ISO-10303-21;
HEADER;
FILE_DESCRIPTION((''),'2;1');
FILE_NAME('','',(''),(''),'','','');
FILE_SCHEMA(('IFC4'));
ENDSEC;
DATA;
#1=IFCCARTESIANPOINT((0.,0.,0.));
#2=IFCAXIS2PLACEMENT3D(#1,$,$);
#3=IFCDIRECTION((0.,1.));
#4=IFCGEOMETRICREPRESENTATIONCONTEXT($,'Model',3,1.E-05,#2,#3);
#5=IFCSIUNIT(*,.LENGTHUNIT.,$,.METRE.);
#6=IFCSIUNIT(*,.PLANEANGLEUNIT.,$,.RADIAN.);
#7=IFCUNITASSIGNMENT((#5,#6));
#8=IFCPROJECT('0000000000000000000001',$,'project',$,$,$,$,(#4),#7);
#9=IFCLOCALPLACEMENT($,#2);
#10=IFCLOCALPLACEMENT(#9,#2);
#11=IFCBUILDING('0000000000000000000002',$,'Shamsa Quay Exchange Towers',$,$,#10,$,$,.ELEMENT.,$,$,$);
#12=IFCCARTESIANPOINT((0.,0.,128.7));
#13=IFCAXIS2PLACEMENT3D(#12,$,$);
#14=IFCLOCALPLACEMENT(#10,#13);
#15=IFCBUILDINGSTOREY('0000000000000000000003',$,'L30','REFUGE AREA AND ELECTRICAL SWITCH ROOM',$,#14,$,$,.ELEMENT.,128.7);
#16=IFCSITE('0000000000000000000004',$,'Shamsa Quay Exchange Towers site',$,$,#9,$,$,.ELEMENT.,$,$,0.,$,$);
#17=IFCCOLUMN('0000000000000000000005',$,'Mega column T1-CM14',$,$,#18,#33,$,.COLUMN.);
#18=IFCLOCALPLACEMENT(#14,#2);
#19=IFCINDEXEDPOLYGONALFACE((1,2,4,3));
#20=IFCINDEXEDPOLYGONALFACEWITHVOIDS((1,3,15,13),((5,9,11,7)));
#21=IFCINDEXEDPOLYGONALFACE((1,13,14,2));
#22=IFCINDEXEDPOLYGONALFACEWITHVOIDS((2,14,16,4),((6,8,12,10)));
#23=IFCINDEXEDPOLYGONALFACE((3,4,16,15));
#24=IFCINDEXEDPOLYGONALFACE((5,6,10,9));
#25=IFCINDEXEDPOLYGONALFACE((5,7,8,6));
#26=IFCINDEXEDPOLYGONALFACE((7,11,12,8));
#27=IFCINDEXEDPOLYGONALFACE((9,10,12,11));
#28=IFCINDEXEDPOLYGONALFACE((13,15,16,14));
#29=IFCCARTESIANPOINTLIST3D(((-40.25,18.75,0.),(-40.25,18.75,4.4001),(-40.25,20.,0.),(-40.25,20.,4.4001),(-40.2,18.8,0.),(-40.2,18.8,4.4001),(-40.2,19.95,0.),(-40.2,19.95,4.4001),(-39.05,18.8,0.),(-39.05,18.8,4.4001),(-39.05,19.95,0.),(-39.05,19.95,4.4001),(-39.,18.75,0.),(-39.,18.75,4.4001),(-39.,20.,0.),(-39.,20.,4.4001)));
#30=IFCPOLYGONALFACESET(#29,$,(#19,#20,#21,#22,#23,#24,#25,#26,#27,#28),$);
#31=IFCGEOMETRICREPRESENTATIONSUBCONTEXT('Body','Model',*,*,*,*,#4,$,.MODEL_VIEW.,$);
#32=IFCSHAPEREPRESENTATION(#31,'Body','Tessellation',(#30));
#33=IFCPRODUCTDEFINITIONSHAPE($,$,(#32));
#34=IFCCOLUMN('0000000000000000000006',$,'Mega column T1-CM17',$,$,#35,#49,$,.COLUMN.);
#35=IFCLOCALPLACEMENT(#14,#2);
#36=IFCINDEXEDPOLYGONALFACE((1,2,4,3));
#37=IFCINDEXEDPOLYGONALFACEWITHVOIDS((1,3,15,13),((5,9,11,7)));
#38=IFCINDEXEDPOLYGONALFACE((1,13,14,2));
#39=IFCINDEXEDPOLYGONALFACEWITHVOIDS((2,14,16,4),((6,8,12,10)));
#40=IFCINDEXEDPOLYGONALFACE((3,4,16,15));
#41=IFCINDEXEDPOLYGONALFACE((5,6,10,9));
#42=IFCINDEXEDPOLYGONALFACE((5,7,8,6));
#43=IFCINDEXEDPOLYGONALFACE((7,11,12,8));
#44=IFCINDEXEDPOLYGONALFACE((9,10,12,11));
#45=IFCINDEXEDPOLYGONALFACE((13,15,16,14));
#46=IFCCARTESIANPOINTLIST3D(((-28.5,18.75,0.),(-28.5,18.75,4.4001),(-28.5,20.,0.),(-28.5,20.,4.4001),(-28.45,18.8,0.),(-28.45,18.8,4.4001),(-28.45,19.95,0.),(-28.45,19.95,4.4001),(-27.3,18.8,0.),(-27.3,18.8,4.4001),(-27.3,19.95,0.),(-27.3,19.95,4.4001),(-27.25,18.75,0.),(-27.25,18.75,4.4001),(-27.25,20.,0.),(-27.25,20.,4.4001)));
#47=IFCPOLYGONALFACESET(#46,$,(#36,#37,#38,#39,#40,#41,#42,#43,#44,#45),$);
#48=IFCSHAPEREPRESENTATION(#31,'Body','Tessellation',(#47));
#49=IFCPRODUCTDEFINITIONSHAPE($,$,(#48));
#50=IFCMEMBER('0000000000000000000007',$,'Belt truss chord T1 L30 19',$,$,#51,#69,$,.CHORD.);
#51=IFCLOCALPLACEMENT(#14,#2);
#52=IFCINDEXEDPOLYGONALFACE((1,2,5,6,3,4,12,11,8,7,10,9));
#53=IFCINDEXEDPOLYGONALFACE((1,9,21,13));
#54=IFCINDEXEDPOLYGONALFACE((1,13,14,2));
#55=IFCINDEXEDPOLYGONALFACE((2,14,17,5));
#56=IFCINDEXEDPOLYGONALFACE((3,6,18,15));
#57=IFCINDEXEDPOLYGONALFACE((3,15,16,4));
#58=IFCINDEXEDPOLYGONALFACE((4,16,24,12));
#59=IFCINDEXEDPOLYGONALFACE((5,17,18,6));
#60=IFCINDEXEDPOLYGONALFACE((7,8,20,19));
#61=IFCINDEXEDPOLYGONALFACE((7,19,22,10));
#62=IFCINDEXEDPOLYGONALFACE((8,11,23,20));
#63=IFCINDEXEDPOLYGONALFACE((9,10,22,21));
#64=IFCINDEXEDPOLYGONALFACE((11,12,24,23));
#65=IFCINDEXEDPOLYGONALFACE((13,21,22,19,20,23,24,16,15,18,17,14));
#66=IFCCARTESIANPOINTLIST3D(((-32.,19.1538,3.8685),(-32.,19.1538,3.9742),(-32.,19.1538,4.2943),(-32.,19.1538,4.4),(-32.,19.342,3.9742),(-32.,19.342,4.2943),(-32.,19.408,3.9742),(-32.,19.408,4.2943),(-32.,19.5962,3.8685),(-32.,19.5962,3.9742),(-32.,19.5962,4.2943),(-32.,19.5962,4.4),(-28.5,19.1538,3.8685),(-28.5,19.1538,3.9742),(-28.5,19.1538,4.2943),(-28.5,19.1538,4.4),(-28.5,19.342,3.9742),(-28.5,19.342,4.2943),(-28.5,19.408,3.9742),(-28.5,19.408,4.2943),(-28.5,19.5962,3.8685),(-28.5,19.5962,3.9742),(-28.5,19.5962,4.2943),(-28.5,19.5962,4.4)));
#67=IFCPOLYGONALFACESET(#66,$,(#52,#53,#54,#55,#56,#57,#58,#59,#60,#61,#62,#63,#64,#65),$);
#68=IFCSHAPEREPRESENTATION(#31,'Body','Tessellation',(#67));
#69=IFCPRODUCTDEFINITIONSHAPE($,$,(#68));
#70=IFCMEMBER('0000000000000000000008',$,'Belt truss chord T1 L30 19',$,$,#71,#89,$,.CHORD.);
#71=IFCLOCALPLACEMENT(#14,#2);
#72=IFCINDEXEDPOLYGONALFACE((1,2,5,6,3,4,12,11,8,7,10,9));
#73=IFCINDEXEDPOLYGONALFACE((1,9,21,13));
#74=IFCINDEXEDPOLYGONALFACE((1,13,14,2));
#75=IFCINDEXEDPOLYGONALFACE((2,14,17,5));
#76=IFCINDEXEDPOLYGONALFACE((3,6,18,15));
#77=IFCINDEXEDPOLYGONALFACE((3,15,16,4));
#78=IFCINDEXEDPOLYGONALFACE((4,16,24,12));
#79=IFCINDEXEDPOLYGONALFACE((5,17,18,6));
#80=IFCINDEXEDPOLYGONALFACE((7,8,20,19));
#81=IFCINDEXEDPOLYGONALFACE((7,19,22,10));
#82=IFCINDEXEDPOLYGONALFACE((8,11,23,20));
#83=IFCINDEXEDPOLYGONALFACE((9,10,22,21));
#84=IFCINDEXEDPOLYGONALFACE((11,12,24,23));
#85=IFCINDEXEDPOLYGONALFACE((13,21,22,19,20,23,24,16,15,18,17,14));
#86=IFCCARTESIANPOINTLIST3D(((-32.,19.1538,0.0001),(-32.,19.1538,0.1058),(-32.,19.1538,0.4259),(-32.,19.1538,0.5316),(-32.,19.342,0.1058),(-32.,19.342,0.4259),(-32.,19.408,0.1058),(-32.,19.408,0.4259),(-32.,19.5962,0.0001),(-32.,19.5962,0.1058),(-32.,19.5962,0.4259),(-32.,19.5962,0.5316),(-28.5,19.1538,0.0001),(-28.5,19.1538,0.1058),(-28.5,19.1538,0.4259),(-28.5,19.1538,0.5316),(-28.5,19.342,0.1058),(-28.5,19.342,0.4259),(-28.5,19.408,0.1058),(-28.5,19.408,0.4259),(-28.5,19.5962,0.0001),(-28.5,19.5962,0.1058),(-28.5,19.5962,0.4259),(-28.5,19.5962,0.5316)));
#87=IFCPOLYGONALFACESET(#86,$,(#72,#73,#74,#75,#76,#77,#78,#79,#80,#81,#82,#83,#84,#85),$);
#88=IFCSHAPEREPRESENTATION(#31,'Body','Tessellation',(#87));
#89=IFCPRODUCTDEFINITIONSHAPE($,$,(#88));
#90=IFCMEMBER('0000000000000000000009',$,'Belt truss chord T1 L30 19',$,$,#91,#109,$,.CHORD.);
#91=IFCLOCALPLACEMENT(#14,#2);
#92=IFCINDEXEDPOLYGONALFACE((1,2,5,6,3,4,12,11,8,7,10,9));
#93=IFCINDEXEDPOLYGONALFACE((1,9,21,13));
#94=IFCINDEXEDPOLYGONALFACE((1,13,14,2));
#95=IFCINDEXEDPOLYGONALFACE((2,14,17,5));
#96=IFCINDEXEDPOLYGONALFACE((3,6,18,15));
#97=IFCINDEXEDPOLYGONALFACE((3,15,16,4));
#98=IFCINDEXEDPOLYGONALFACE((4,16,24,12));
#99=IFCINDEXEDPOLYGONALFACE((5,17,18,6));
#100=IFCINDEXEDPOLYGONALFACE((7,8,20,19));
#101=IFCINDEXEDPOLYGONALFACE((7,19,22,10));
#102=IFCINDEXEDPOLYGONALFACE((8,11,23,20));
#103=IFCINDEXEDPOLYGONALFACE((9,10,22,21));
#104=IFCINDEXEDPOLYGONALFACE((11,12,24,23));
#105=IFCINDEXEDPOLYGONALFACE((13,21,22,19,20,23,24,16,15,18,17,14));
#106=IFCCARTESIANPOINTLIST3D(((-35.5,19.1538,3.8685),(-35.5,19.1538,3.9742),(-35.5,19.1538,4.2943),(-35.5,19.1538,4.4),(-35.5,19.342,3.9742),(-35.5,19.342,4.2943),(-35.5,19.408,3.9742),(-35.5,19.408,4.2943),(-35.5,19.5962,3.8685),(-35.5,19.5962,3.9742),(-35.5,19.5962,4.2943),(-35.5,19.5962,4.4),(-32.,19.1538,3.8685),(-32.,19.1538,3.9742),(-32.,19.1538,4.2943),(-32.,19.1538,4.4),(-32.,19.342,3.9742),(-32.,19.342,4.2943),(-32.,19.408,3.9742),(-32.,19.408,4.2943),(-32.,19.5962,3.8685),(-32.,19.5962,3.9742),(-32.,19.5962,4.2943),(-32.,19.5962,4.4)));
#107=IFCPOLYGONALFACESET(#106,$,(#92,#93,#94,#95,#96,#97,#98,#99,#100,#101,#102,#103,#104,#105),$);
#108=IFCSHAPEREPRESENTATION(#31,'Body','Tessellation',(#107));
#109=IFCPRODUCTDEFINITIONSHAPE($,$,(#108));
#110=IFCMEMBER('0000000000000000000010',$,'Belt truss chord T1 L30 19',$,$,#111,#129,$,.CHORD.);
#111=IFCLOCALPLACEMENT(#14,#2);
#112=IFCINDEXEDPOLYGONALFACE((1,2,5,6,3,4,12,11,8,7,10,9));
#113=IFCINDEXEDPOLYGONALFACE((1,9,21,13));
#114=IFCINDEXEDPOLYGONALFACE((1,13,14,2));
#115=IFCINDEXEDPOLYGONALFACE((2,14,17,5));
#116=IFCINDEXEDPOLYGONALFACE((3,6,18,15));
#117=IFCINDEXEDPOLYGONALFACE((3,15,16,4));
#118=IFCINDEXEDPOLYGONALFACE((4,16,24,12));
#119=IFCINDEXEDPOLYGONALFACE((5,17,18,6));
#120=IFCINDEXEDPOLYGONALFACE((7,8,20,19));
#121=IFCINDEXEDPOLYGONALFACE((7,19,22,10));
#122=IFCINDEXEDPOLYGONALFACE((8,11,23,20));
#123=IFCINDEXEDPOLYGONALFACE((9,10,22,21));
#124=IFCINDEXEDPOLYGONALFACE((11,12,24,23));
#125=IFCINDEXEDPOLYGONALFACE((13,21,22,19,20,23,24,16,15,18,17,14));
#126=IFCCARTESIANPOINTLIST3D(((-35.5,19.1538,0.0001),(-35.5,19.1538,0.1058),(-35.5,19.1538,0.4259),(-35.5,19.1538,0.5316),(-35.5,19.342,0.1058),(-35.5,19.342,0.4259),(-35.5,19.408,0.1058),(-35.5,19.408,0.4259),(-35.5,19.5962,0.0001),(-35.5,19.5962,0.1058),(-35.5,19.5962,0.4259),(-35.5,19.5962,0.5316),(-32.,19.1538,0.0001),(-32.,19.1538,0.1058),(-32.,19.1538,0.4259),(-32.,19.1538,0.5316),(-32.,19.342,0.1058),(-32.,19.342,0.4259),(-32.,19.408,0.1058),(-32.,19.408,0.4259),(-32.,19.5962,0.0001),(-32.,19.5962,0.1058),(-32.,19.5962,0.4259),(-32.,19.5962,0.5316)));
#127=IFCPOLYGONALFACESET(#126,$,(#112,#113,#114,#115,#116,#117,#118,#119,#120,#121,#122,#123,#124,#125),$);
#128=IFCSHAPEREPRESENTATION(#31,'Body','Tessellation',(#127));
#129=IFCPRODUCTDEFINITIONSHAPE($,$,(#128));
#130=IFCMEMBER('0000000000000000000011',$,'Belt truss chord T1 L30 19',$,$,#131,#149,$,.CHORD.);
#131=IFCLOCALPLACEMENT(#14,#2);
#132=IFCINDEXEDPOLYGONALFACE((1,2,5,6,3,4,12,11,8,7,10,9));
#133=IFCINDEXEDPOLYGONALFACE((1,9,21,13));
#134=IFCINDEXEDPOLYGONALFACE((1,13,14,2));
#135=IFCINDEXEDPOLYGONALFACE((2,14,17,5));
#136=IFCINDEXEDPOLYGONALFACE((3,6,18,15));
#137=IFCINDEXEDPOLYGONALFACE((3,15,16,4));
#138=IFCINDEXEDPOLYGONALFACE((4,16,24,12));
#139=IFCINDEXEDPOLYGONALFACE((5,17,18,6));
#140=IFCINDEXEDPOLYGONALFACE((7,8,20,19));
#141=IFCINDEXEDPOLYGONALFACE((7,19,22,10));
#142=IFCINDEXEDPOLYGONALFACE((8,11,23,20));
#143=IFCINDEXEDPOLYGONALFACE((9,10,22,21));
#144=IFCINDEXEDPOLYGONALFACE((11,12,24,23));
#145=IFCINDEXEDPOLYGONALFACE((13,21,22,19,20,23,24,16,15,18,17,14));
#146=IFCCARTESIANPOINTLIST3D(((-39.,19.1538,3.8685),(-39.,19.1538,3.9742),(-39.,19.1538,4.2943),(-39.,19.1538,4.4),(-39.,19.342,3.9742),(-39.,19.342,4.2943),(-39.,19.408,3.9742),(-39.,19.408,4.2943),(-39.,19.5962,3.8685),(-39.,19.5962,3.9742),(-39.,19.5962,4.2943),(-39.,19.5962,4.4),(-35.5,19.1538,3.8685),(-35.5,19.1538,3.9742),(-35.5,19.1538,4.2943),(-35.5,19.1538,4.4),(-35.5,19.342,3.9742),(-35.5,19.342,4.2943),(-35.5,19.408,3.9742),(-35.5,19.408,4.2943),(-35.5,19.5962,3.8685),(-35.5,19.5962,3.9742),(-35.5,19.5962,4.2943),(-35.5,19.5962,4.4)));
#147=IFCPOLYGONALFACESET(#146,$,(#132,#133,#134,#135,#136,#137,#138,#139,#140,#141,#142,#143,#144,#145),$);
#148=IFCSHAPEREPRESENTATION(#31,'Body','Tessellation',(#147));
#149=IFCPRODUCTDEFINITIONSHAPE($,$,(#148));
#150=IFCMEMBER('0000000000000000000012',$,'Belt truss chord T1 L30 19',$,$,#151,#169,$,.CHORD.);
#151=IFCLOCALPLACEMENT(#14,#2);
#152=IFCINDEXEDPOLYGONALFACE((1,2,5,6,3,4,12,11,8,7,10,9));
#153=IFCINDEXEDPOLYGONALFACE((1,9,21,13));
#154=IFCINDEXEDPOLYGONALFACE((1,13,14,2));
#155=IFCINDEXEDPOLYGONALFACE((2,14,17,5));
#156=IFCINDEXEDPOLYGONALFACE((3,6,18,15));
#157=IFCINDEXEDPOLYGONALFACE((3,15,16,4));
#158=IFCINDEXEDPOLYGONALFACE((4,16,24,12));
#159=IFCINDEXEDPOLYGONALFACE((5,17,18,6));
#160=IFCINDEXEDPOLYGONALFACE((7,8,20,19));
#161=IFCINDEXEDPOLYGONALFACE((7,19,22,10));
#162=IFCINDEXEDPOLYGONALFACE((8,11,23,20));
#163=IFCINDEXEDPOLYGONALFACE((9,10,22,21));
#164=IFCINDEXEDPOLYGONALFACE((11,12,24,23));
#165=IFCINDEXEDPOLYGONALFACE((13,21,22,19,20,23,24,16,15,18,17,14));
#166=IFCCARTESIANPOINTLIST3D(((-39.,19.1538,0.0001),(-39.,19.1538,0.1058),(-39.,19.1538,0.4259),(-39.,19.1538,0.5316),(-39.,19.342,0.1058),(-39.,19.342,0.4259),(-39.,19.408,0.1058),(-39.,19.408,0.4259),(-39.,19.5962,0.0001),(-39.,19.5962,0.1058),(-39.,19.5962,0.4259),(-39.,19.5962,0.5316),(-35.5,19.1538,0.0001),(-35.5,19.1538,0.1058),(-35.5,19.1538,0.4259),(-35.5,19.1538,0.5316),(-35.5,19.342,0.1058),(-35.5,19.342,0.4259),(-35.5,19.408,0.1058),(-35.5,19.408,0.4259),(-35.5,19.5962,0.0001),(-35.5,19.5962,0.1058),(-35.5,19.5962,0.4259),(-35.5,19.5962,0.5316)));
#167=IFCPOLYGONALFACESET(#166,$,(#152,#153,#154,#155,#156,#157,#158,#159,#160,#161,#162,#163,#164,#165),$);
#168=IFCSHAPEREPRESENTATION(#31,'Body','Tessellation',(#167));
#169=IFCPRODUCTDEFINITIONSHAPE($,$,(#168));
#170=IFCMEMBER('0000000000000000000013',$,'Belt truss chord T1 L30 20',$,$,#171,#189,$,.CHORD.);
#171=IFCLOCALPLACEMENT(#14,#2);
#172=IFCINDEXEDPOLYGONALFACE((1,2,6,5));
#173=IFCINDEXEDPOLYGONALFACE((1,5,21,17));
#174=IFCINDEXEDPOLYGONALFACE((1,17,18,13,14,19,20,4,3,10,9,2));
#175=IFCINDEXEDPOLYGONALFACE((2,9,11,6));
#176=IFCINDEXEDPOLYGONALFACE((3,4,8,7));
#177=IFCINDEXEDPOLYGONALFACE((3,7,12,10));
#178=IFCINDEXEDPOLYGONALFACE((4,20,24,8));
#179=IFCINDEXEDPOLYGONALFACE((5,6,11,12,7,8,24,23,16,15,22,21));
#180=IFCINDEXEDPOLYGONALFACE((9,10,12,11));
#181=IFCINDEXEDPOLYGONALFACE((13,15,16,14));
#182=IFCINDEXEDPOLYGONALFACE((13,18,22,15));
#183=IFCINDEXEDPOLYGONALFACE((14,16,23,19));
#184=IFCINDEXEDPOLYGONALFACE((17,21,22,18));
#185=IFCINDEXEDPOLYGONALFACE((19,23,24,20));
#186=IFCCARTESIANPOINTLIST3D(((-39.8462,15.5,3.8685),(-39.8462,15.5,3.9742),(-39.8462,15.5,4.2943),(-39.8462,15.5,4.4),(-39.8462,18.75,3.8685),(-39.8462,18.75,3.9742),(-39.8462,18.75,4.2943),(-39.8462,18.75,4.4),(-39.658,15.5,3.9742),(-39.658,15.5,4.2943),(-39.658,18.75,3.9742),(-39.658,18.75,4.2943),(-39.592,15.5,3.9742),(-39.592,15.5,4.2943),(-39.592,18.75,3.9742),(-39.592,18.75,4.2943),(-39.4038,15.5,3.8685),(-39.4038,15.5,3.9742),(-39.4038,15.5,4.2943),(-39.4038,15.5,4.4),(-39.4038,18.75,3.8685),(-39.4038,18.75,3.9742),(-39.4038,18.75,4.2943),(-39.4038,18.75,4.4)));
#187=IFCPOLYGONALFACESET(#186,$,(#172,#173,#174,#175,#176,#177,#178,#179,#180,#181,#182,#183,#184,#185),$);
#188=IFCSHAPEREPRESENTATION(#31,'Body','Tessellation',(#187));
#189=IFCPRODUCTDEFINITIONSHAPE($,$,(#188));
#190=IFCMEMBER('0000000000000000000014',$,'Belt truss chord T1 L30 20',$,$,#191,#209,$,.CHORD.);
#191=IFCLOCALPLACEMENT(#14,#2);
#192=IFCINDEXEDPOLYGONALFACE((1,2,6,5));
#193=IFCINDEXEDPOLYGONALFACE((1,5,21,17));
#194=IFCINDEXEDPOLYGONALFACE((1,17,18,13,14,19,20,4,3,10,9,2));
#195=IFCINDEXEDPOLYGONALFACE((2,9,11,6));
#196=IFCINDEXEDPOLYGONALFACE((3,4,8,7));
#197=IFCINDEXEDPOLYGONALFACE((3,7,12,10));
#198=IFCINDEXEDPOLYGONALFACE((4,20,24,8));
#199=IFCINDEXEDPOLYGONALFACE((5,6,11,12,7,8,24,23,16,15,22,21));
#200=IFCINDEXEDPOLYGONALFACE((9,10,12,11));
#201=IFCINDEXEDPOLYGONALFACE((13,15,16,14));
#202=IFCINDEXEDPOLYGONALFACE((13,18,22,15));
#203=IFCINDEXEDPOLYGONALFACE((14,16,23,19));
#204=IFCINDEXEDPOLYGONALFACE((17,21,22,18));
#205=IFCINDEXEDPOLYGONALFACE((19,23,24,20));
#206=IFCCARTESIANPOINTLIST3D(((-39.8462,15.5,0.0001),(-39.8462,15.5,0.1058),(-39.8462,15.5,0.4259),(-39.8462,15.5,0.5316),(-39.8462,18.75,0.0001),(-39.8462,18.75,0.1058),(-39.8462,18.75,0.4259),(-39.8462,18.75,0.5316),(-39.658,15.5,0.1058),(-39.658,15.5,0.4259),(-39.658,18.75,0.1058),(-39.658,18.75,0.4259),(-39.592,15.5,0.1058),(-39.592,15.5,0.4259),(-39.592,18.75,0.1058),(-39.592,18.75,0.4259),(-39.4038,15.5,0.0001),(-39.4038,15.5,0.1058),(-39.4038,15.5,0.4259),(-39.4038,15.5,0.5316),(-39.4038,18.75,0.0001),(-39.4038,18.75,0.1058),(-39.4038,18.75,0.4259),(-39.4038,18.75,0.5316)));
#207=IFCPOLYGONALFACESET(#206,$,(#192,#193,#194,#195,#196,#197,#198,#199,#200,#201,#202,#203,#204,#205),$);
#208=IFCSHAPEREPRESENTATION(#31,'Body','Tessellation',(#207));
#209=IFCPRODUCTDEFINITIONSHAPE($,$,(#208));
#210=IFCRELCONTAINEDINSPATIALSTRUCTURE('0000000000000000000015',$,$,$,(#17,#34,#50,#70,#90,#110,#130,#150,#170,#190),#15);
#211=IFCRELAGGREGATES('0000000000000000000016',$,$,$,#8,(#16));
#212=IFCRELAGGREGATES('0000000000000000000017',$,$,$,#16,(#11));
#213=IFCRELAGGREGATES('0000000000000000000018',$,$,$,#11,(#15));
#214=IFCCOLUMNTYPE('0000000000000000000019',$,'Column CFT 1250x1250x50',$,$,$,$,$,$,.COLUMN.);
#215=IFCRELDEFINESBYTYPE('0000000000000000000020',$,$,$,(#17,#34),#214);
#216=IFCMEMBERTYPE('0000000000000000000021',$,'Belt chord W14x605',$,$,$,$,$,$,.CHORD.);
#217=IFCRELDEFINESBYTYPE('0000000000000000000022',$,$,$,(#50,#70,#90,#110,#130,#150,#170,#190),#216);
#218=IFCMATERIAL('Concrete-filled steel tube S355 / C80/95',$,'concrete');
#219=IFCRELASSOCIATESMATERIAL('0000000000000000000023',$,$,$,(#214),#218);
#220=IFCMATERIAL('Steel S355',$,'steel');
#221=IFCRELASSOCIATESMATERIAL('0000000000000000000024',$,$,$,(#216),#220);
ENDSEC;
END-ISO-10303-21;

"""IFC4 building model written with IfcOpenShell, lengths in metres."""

from ifc_helpers import new_model, si_unit, direction, frame, origin, origin_2d, place, context, subcontext, project, spatial, hollow_rectangle, i_section, extrude, material, material_profile, profile_set, type_object, element, save


model = new_model("IFC4")

# Units and contexts
model_context = context("Model", 3, precision=1e-05, world=origin(), true_north=direction((0.0, 1.0)))
body_context = subcontext(model_context, "Body", "Model", "MODEL_VIEW")
ifc_project = project(units=[si_unit("LENGTHUNIT", "METRE"), si_unit("PLANEANGLEUNIT", "RADIAN")], contexts=[model_context])

# Site, building, storey
site_placement = place(None, origin())
site = spatial("IfcSite", under=ifc_project, at=site_placement, Name="Shamsa Quay Exchange Towers site", CompositionType="ELEMENT", RefElevation=0.0)
building_placement = place(site_placement, origin())
building = spatial("IfcBuilding", under=site, at=building_placement, Name="Shamsa Quay Exchange Towers", CompositionType="ELEMENT")
storey_placement = place(building_placement, frame((0.0, 0.0, 128.7)))
storey = spatial("IfcBuildingStorey", under=building, at=storey_placement, Name="L30", Description="REFUGE AREA AND ELECTRICAL SWITCH ROOM", CompositionType="ELEMENT", Elevation=128.7)

# Columns
ifc_material_1 = material(Name="Concrete-filled steel tube S355 / C80/95", Category="concrete")
ifc_material_profile_1 = material_profile(ifc_material_1, hollow_rectangle(XDim=1.25, YDim=1.25, WallThickness=0.05, at=origin_2d()), Name="CFT 1250x1250x50")
ifc_profile_set_1 = profile_set([ifc_material_profile_1], Name="Concrete-filled steel tube S355 / C80/95")
column_type = type_object("IfcColumnType", Name="Column CFT 1250x1250x50", PredefinedType="COLUMN", material=ifc_profile_set_1)
for number, where, name in (
    (1, (-39.625, 19.375, 0.0), "Mega column T1-CM14"),
    (2, (-27.875, 19.375, 0.0), "Mega column T1-CM17"),
):
    element("IfcColumn", number, at=place(storey_placement, frame(where)), inside=storey, type_object=column_type, Name=name, PredefinedType="COLUMN", context=body_context, shape_type="SweptSolid", body=[
        extrude(hollow_rectangle(XDim=1.25, YDim=1.25, WallThickness=0.05, at=origin_2d()), origin(), (0.0, 0.0, 1.0), 4.4001),
    ])

# Members
ifc_material_2 = material(Name="Steel S355", Category="steel")
ifc_material_profile_2 = material_profile(ifc_material_2, i_section(OverallWidth=0.4424, OverallDepth=0.5315, WebThickness=0.0659, FlangeThickness=0.1057, at=origin_2d()), Name="W14x605")
ifc_profile_set_2 = profile_set([ifc_material_profile_2], Name="Steel S355")
member_type_1 = type_object("IfcMemberType", Name="Belt chord W14x605", PredefinedType="CHORD", material=ifc_profile_set_2)
for number, where, z_axis, x_axis, name in (
    (3, (-28.5, 19.375, 4.1343), (-1.0, 0.0, 0.0), (0.0, -1.0, 0.0), "Belt truss chord T1 L30 19"),
    (4, (-28.5, 19.375, 0.2659), (-1.0, 0.0, 0.0), (0.0, -1.0, 0.0), "Belt truss chord T1 L30 19"),
    (5, (-32.0, 19.375, 4.1343), (-1.0, 0.0, 0.0), (0.0, -1.0, 0.0), "Belt truss chord T1 L30 19"),
    (6, (-32.0, 19.375, 0.2659), (-1.0, 0.0, 0.0), (0.0, -1.0, 0.0), "Belt truss chord T1 L30 19"),
    (7, (-35.5, 19.375, 4.1343), (-1.0, 0.0, 0.0), (0.0, -1.0, 0.0), "Belt truss chord T1 L30 19"),
    (8, (-35.5, 19.375, 0.2659), (-1.0, 0.0, 0.0), (0.0, -1.0, 0.0), "Belt truss chord T1 L30 19"),
):
    element("IfcMember", number, at=place(storey_placement, frame(where, z_axis=z_axis, x_axis=x_axis)), inside=storey, type_object=member_type_1, Name=name, PredefinedType="CHORD", context=body_context, shape_type="SweptSolid", body=[
        extrude(i_section(OverallWidth=0.4424, OverallDepth=0.5315, WebThickness=0.0659, FlangeThickness=0.1057, at=origin_2d()), origin(), (0.0, 0.0, 1.0), 3.5),
    ])
for number, where, z_axis, x_axis, name in (
    (9, (-39.625, 18.75, 4.1343), (0.0, -1.0, 0.0), (1.0, 0.0, 0.0), "Belt truss chord T1 L30 20"),
    (10, (-39.625, 18.75, 0.2659), (0.0, -1.0, 0.0), (1.0, 0.0, 0.0), "Belt truss chord T1 L30 20"),
):
    element("IfcMember", number, at=place(storey_placement, frame(where, z_axis=z_axis, x_axis=x_axis)), inside=storey, type_object=member_type_1, Name=name, PredefinedType="CHORD", context=body_context, shape_type="SweptSolid", body=[
        extrude(i_section(OverallWidth=0.4424, OverallDepth=0.5315, WebThickness=0.0659, FlangeThickness=0.1057, at=origin_2d()), origin(), (0.0, 0.0, 1.0), 3.25),
    ])

save(model, "model.ifc")
